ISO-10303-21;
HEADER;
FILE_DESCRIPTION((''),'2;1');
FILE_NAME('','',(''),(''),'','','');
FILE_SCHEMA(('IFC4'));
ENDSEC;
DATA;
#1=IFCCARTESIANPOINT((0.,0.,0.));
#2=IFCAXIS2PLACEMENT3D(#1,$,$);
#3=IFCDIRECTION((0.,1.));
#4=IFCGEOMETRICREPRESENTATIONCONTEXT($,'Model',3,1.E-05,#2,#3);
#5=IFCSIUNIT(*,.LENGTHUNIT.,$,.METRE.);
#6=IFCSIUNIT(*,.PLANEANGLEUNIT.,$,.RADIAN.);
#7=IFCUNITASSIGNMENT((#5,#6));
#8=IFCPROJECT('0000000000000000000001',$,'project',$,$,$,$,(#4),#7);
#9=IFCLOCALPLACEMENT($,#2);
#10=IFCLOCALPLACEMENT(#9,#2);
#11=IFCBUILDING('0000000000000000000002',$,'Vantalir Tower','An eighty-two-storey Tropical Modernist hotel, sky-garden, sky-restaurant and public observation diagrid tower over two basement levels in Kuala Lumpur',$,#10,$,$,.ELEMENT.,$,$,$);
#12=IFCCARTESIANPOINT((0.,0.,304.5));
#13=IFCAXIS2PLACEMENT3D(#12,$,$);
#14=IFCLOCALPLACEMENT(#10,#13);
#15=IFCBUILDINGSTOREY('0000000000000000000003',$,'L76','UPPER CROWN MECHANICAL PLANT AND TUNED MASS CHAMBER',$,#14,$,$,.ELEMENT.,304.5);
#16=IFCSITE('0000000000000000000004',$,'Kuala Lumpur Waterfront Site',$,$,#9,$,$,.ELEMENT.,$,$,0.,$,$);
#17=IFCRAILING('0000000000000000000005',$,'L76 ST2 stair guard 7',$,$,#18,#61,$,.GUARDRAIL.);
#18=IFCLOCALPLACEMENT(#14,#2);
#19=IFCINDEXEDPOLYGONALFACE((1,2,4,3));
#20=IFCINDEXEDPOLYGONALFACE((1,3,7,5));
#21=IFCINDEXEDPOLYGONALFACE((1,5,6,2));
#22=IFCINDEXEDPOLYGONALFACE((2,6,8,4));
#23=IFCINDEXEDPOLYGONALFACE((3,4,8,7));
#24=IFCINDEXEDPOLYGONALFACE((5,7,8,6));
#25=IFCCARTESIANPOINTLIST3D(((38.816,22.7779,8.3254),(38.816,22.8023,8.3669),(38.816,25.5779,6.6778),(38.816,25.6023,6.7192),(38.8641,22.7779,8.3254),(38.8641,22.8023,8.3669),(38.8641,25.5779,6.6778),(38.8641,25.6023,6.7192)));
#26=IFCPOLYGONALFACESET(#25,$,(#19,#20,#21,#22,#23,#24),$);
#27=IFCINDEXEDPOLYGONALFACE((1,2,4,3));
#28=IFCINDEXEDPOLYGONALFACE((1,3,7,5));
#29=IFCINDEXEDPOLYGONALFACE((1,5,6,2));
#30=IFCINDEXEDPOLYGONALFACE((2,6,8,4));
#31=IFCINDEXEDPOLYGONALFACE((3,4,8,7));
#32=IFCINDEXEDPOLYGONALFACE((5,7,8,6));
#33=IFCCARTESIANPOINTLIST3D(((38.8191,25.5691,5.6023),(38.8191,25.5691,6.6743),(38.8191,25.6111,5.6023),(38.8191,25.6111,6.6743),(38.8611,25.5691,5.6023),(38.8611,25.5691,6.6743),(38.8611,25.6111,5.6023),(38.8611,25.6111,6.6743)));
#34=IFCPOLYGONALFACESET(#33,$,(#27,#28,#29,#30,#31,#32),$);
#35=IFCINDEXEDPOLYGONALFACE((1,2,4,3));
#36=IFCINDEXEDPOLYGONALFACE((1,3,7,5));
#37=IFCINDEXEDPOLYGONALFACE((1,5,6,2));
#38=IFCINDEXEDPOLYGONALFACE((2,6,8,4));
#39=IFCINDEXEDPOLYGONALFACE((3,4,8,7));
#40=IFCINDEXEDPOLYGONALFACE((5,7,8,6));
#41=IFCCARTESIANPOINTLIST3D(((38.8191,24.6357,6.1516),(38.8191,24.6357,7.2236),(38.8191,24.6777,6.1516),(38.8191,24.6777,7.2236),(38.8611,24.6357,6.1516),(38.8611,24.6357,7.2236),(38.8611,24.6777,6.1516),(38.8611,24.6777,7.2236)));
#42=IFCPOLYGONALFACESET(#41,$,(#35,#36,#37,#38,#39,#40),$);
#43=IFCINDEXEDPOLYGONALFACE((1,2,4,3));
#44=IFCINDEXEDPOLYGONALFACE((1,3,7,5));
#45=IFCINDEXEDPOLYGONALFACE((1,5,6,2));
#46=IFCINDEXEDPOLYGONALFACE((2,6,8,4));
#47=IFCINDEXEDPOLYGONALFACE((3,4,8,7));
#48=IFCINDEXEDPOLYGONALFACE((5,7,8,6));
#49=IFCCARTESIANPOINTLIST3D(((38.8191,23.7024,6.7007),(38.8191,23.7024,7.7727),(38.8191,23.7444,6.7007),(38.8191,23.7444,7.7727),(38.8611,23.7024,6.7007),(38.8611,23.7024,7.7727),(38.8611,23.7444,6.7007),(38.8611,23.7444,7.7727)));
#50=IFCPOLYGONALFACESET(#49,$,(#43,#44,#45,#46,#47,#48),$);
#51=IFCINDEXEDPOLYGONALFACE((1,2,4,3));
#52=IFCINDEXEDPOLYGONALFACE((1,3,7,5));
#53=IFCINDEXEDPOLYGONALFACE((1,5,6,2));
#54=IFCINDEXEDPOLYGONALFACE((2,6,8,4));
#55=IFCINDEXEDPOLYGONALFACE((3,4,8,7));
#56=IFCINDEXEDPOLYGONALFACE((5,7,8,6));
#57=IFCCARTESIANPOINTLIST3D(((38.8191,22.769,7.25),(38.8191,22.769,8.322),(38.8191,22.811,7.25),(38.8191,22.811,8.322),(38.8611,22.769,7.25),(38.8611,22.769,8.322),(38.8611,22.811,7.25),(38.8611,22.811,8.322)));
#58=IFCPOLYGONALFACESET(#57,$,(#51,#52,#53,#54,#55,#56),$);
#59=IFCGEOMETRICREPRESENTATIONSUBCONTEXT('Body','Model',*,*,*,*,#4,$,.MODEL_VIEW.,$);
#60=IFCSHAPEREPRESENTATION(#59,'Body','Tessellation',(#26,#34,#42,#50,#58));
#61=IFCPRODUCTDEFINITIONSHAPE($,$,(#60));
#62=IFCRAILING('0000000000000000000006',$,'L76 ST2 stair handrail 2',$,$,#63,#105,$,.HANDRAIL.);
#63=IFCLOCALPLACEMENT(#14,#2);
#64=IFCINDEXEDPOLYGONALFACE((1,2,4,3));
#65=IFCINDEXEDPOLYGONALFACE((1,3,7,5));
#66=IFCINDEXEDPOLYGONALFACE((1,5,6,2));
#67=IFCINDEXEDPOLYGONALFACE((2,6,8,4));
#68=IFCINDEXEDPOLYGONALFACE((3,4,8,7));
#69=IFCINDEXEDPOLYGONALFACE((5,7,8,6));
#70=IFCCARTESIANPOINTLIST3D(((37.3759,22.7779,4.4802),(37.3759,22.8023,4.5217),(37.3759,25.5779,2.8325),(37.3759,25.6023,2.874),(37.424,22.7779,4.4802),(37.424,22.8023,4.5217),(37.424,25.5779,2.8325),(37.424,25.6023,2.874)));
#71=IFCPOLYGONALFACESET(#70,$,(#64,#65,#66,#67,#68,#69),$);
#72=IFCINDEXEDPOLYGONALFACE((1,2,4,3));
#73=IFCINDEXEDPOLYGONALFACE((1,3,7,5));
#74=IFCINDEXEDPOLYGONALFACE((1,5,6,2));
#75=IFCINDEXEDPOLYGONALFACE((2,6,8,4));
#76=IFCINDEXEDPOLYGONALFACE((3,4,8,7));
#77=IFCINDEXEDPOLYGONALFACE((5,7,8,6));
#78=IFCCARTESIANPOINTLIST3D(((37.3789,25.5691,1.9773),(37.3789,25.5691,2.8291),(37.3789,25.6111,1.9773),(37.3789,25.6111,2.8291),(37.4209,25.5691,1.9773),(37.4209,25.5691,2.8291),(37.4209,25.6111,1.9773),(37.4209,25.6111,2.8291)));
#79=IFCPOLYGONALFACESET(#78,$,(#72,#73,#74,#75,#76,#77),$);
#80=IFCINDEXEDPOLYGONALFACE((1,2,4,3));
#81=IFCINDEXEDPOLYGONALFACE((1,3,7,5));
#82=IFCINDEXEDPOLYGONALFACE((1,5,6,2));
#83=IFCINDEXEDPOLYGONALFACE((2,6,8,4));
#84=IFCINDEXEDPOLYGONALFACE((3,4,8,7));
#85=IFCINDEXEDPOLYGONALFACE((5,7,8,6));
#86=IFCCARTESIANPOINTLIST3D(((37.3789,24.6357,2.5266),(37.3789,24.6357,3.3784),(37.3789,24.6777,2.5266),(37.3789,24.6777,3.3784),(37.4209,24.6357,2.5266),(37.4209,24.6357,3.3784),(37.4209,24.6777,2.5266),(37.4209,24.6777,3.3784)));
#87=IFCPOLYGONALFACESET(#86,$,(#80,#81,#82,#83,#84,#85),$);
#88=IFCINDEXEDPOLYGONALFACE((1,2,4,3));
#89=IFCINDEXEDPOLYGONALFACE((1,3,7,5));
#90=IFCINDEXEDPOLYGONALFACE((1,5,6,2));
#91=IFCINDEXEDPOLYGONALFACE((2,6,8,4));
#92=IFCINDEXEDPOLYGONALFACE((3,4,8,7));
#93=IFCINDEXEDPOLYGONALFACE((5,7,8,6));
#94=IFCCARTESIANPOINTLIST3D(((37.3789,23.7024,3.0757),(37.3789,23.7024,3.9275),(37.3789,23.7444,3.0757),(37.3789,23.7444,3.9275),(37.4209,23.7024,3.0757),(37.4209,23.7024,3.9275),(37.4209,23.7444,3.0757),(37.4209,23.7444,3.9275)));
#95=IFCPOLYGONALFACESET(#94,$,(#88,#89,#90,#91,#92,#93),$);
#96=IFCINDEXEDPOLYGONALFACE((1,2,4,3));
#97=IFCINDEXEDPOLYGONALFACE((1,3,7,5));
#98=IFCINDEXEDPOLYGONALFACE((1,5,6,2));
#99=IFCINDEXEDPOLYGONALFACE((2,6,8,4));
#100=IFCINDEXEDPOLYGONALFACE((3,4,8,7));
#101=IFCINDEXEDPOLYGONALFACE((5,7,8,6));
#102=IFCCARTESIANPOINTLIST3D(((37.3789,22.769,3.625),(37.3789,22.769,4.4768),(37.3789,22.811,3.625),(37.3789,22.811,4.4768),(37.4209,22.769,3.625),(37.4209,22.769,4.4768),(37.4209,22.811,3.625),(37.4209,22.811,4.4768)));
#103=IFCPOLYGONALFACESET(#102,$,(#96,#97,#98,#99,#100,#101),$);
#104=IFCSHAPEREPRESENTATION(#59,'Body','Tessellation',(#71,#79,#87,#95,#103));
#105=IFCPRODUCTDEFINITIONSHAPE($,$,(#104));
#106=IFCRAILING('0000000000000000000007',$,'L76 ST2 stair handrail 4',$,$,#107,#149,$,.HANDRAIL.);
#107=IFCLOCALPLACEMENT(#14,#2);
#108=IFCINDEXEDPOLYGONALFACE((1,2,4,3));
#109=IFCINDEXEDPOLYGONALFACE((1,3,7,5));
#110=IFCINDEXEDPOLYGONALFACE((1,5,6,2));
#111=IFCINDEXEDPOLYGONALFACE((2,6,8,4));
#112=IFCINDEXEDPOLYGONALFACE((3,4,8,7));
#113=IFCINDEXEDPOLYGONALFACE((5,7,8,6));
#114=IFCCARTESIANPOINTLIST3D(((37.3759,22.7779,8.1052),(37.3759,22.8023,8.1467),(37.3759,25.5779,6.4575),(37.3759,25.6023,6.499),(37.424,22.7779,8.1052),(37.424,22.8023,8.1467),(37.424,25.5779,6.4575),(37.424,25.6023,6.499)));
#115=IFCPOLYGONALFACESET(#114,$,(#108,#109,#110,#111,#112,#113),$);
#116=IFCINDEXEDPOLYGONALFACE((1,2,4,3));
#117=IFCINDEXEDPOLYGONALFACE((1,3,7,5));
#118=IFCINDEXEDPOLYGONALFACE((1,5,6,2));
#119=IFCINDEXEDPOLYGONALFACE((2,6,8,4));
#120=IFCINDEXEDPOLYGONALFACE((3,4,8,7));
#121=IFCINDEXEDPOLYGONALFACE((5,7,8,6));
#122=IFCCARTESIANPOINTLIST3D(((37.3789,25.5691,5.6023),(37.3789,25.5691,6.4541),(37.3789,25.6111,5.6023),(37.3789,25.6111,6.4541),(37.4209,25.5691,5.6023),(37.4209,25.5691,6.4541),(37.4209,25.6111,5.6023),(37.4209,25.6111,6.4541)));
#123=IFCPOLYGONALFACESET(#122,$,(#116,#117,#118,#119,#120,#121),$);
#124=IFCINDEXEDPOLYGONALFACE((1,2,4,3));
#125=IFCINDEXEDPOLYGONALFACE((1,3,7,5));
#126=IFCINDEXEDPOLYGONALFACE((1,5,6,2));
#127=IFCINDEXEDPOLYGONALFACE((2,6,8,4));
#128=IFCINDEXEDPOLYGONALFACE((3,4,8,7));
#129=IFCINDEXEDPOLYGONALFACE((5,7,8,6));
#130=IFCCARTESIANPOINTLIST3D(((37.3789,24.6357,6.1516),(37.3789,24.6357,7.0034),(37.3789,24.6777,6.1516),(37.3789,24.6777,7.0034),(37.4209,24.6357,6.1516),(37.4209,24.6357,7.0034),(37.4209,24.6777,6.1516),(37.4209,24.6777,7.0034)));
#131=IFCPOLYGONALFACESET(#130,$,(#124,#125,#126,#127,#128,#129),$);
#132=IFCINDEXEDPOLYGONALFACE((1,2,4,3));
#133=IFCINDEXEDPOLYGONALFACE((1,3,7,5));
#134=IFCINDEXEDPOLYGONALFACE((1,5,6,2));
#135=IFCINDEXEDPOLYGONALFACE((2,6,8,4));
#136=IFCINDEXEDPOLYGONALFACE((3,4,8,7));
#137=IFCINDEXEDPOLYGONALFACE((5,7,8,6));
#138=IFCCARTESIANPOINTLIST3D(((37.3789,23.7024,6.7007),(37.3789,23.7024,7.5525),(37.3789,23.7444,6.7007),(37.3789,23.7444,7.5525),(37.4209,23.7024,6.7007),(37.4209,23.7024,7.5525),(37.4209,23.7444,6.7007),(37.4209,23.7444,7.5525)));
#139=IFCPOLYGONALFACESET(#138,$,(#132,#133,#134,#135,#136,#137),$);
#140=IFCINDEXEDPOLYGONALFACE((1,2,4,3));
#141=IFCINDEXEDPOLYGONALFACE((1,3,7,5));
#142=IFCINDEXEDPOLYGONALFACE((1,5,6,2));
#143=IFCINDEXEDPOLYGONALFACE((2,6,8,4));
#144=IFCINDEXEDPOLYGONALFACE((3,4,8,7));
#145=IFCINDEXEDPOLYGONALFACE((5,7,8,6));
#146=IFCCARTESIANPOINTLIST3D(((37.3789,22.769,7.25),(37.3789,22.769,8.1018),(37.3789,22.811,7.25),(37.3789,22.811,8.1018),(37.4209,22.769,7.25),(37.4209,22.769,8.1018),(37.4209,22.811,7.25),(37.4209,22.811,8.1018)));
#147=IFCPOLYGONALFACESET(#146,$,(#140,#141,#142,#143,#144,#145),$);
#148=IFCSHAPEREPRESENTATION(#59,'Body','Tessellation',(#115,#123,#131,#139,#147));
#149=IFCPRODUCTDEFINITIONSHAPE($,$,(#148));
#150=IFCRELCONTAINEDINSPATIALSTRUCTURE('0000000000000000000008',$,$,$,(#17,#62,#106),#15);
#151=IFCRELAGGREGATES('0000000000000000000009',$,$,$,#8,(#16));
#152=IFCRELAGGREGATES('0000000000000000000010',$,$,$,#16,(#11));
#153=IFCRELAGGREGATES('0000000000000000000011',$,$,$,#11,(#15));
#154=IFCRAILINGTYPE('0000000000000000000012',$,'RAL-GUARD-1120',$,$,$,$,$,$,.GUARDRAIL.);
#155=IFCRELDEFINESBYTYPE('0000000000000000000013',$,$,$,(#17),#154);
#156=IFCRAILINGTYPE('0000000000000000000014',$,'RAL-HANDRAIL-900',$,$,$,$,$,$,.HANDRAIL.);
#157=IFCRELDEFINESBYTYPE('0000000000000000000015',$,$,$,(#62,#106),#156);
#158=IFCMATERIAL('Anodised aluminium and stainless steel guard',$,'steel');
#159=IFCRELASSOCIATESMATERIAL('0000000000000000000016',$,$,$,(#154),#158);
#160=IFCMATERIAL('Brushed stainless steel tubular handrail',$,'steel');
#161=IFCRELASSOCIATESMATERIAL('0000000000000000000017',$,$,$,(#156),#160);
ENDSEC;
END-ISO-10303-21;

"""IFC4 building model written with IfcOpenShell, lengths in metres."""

from ifc_helpers import new_model, si_unit, direction, frame, origin, origin_2d, place, context, subcontext, project, spatial, rectangle, extrude, material, type_object, element, save


model = new_model("IFC4")

# Units and contexts
model_context = context("Model", 3, precision=1e-05, world=origin(), true_north=direction((0.0, 1.0)))
body_context = subcontext(model_context, "Body", "Model", "MODEL_VIEW")
ifc_project = project(units=[si_unit("LENGTHUNIT", "METRE"), si_unit("PLANEANGLEUNIT", "RADIAN")], contexts=[model_context])

# Site, building, storey
site_placement = place(None, origin())
site = spatial("IfcSite", under=ifc_project, at=site_placement, Name="Kuala Lumpur Waterfront Site", CompositionType="ELEMENT", RefElevation=0.0)
building_placement = place(site_placement, origin())
building = spatial("IfcBuilding", under=site, at=building_placement, Name="Vantalir Tower", Description="An eighty-two-storey Tropical Modernist hotel, sky-garden, sky-restaurant and public observation diagrid tower over two basement levels in Kuala Lumpur", CompositionType="ELEMENT")
storey_placement = place(building_placement, frame((0.0, 0.0, 304.5)))
storey = spatial("IfcBuildingStorey", under=building, at=storey_placement, Name="L76", Description="UPPER CROWN MECHANICAL PLANT AND TUNED MASS CHAMBER", CompositionType="ELEMENT", Elevation=304.5)

# Railings
ifc_material_1 = material(Name="Anodised aluminium and stainless steel guard", Category="steel")
railing_type_1 = type_object("IfcRailingType", Name="RAL-GUARD-1120", PredefinedType="GUARDRAIL", material=ifc_material_1)
railing_1_placement = place(storey_placement, frame((38.8401, 25.5901, 5.6023)))
element("IfcRailing", 1, at=railing_1_placement, inside=storey, type_object=railing_type_1, Name="L76 ST2 stair guard 7", PredefinedType="GUARDRAIL", context=body_context, shape_type="SweptSolid", body=[
    extrude(rectangle(XDim=0.0481, YDim=0.0481, at=origin_2d()), frame((0.0, 0.0, 1.0962), z_axis=(0.0, -0.861851, 0.507161), x_axis=(1.0, 0.0, 0.0)), (0.0, 0.0, 1.0), 3.2488),
    extrude(rectangle(XDim=0.042, YDim=0.042, at=origin_2d()), origin(), (0.0, 0.0, 1.0), 1.072),
    extrude(rectangle(XDim=0.042, YDim=0.042, at=origin_2d()), frame((0.0, -0.9333, 0.5493)), (0.0, 0.0, 1.0), 1.072),
    extrude(rectangle(XDim=0.042, YDim=0.042, at=origin_2d()), frame((0.0, -1.8667, 1.0984)), (0.0, 0.0, 1.0), 1.072),
    extrude(rectangle(XDim=0.042, YDim=0.042, at=origin_2d()), frame((0.0, -2.8, 1.6477)), (0.0, 0.0, 1.0), 1.072),
])
ifc_material_2 = material(Name="Brushed stainless steel tubular handrail", Category="steel")
railing_type_2 = type_object("IfcRailingType", Name="RAL-HANDRAIL-900", PredefinedType="HANDRAIL", material=ifc_material_2)
for number, where, name in (
    (2, (37.3999, 25.5901, 1.9773), "L76 ST2 stair handrail 2"),
    (3, (37.3999, 25.5901, 5.6023), "L76 ST2 stair handrail 4"),
):
    element("IfcRailing", number, at=place(storey_placement, frame(where)), inside=storey, type_object=railing_type_2, Name=name, PredefinedType="HANDRAIL", context=body_context, shape_type="SweptSolid", body=[
        extrude(rectangle(XDim=0.0481, YDim=0.0481, at=origin_2d()), frame((0.0, 0.0, 0.876), z_axis=(0.0, -0.861851, 0.507161), x_axis=(1.0, 0.0, 0.0)), (0.0, 0.0, 1.0), 3.2488),
        extrude(rectangle(XDim=0.042, YDim=0.042, at=origin_2d()), origin(), (0.0, 0.0, 1.0), 0.8518),
        extrude(rectangle(XDim=0.042, YDim=0.042, at=origin_2d()), frame((0.0, -0.9333, 0.5493)), (0.0, 0.0, 1.0), 0.8518),
        extrude(rectangle(XDim=0.042, YDim=0.042, at=origin_2d()), frame((0.0, -1.8667, 1.0984)), (0.0, 0.0, 1.0), 0.8518),
        extrude(rectangle(XDim=0.042, YDim=0.042, at=origin_2d()), frame((0.0, -2.8, 1.6477)), (0.0, 0.0, 1.0), 0.8518),
    ])

save(model, "model.ifc")
